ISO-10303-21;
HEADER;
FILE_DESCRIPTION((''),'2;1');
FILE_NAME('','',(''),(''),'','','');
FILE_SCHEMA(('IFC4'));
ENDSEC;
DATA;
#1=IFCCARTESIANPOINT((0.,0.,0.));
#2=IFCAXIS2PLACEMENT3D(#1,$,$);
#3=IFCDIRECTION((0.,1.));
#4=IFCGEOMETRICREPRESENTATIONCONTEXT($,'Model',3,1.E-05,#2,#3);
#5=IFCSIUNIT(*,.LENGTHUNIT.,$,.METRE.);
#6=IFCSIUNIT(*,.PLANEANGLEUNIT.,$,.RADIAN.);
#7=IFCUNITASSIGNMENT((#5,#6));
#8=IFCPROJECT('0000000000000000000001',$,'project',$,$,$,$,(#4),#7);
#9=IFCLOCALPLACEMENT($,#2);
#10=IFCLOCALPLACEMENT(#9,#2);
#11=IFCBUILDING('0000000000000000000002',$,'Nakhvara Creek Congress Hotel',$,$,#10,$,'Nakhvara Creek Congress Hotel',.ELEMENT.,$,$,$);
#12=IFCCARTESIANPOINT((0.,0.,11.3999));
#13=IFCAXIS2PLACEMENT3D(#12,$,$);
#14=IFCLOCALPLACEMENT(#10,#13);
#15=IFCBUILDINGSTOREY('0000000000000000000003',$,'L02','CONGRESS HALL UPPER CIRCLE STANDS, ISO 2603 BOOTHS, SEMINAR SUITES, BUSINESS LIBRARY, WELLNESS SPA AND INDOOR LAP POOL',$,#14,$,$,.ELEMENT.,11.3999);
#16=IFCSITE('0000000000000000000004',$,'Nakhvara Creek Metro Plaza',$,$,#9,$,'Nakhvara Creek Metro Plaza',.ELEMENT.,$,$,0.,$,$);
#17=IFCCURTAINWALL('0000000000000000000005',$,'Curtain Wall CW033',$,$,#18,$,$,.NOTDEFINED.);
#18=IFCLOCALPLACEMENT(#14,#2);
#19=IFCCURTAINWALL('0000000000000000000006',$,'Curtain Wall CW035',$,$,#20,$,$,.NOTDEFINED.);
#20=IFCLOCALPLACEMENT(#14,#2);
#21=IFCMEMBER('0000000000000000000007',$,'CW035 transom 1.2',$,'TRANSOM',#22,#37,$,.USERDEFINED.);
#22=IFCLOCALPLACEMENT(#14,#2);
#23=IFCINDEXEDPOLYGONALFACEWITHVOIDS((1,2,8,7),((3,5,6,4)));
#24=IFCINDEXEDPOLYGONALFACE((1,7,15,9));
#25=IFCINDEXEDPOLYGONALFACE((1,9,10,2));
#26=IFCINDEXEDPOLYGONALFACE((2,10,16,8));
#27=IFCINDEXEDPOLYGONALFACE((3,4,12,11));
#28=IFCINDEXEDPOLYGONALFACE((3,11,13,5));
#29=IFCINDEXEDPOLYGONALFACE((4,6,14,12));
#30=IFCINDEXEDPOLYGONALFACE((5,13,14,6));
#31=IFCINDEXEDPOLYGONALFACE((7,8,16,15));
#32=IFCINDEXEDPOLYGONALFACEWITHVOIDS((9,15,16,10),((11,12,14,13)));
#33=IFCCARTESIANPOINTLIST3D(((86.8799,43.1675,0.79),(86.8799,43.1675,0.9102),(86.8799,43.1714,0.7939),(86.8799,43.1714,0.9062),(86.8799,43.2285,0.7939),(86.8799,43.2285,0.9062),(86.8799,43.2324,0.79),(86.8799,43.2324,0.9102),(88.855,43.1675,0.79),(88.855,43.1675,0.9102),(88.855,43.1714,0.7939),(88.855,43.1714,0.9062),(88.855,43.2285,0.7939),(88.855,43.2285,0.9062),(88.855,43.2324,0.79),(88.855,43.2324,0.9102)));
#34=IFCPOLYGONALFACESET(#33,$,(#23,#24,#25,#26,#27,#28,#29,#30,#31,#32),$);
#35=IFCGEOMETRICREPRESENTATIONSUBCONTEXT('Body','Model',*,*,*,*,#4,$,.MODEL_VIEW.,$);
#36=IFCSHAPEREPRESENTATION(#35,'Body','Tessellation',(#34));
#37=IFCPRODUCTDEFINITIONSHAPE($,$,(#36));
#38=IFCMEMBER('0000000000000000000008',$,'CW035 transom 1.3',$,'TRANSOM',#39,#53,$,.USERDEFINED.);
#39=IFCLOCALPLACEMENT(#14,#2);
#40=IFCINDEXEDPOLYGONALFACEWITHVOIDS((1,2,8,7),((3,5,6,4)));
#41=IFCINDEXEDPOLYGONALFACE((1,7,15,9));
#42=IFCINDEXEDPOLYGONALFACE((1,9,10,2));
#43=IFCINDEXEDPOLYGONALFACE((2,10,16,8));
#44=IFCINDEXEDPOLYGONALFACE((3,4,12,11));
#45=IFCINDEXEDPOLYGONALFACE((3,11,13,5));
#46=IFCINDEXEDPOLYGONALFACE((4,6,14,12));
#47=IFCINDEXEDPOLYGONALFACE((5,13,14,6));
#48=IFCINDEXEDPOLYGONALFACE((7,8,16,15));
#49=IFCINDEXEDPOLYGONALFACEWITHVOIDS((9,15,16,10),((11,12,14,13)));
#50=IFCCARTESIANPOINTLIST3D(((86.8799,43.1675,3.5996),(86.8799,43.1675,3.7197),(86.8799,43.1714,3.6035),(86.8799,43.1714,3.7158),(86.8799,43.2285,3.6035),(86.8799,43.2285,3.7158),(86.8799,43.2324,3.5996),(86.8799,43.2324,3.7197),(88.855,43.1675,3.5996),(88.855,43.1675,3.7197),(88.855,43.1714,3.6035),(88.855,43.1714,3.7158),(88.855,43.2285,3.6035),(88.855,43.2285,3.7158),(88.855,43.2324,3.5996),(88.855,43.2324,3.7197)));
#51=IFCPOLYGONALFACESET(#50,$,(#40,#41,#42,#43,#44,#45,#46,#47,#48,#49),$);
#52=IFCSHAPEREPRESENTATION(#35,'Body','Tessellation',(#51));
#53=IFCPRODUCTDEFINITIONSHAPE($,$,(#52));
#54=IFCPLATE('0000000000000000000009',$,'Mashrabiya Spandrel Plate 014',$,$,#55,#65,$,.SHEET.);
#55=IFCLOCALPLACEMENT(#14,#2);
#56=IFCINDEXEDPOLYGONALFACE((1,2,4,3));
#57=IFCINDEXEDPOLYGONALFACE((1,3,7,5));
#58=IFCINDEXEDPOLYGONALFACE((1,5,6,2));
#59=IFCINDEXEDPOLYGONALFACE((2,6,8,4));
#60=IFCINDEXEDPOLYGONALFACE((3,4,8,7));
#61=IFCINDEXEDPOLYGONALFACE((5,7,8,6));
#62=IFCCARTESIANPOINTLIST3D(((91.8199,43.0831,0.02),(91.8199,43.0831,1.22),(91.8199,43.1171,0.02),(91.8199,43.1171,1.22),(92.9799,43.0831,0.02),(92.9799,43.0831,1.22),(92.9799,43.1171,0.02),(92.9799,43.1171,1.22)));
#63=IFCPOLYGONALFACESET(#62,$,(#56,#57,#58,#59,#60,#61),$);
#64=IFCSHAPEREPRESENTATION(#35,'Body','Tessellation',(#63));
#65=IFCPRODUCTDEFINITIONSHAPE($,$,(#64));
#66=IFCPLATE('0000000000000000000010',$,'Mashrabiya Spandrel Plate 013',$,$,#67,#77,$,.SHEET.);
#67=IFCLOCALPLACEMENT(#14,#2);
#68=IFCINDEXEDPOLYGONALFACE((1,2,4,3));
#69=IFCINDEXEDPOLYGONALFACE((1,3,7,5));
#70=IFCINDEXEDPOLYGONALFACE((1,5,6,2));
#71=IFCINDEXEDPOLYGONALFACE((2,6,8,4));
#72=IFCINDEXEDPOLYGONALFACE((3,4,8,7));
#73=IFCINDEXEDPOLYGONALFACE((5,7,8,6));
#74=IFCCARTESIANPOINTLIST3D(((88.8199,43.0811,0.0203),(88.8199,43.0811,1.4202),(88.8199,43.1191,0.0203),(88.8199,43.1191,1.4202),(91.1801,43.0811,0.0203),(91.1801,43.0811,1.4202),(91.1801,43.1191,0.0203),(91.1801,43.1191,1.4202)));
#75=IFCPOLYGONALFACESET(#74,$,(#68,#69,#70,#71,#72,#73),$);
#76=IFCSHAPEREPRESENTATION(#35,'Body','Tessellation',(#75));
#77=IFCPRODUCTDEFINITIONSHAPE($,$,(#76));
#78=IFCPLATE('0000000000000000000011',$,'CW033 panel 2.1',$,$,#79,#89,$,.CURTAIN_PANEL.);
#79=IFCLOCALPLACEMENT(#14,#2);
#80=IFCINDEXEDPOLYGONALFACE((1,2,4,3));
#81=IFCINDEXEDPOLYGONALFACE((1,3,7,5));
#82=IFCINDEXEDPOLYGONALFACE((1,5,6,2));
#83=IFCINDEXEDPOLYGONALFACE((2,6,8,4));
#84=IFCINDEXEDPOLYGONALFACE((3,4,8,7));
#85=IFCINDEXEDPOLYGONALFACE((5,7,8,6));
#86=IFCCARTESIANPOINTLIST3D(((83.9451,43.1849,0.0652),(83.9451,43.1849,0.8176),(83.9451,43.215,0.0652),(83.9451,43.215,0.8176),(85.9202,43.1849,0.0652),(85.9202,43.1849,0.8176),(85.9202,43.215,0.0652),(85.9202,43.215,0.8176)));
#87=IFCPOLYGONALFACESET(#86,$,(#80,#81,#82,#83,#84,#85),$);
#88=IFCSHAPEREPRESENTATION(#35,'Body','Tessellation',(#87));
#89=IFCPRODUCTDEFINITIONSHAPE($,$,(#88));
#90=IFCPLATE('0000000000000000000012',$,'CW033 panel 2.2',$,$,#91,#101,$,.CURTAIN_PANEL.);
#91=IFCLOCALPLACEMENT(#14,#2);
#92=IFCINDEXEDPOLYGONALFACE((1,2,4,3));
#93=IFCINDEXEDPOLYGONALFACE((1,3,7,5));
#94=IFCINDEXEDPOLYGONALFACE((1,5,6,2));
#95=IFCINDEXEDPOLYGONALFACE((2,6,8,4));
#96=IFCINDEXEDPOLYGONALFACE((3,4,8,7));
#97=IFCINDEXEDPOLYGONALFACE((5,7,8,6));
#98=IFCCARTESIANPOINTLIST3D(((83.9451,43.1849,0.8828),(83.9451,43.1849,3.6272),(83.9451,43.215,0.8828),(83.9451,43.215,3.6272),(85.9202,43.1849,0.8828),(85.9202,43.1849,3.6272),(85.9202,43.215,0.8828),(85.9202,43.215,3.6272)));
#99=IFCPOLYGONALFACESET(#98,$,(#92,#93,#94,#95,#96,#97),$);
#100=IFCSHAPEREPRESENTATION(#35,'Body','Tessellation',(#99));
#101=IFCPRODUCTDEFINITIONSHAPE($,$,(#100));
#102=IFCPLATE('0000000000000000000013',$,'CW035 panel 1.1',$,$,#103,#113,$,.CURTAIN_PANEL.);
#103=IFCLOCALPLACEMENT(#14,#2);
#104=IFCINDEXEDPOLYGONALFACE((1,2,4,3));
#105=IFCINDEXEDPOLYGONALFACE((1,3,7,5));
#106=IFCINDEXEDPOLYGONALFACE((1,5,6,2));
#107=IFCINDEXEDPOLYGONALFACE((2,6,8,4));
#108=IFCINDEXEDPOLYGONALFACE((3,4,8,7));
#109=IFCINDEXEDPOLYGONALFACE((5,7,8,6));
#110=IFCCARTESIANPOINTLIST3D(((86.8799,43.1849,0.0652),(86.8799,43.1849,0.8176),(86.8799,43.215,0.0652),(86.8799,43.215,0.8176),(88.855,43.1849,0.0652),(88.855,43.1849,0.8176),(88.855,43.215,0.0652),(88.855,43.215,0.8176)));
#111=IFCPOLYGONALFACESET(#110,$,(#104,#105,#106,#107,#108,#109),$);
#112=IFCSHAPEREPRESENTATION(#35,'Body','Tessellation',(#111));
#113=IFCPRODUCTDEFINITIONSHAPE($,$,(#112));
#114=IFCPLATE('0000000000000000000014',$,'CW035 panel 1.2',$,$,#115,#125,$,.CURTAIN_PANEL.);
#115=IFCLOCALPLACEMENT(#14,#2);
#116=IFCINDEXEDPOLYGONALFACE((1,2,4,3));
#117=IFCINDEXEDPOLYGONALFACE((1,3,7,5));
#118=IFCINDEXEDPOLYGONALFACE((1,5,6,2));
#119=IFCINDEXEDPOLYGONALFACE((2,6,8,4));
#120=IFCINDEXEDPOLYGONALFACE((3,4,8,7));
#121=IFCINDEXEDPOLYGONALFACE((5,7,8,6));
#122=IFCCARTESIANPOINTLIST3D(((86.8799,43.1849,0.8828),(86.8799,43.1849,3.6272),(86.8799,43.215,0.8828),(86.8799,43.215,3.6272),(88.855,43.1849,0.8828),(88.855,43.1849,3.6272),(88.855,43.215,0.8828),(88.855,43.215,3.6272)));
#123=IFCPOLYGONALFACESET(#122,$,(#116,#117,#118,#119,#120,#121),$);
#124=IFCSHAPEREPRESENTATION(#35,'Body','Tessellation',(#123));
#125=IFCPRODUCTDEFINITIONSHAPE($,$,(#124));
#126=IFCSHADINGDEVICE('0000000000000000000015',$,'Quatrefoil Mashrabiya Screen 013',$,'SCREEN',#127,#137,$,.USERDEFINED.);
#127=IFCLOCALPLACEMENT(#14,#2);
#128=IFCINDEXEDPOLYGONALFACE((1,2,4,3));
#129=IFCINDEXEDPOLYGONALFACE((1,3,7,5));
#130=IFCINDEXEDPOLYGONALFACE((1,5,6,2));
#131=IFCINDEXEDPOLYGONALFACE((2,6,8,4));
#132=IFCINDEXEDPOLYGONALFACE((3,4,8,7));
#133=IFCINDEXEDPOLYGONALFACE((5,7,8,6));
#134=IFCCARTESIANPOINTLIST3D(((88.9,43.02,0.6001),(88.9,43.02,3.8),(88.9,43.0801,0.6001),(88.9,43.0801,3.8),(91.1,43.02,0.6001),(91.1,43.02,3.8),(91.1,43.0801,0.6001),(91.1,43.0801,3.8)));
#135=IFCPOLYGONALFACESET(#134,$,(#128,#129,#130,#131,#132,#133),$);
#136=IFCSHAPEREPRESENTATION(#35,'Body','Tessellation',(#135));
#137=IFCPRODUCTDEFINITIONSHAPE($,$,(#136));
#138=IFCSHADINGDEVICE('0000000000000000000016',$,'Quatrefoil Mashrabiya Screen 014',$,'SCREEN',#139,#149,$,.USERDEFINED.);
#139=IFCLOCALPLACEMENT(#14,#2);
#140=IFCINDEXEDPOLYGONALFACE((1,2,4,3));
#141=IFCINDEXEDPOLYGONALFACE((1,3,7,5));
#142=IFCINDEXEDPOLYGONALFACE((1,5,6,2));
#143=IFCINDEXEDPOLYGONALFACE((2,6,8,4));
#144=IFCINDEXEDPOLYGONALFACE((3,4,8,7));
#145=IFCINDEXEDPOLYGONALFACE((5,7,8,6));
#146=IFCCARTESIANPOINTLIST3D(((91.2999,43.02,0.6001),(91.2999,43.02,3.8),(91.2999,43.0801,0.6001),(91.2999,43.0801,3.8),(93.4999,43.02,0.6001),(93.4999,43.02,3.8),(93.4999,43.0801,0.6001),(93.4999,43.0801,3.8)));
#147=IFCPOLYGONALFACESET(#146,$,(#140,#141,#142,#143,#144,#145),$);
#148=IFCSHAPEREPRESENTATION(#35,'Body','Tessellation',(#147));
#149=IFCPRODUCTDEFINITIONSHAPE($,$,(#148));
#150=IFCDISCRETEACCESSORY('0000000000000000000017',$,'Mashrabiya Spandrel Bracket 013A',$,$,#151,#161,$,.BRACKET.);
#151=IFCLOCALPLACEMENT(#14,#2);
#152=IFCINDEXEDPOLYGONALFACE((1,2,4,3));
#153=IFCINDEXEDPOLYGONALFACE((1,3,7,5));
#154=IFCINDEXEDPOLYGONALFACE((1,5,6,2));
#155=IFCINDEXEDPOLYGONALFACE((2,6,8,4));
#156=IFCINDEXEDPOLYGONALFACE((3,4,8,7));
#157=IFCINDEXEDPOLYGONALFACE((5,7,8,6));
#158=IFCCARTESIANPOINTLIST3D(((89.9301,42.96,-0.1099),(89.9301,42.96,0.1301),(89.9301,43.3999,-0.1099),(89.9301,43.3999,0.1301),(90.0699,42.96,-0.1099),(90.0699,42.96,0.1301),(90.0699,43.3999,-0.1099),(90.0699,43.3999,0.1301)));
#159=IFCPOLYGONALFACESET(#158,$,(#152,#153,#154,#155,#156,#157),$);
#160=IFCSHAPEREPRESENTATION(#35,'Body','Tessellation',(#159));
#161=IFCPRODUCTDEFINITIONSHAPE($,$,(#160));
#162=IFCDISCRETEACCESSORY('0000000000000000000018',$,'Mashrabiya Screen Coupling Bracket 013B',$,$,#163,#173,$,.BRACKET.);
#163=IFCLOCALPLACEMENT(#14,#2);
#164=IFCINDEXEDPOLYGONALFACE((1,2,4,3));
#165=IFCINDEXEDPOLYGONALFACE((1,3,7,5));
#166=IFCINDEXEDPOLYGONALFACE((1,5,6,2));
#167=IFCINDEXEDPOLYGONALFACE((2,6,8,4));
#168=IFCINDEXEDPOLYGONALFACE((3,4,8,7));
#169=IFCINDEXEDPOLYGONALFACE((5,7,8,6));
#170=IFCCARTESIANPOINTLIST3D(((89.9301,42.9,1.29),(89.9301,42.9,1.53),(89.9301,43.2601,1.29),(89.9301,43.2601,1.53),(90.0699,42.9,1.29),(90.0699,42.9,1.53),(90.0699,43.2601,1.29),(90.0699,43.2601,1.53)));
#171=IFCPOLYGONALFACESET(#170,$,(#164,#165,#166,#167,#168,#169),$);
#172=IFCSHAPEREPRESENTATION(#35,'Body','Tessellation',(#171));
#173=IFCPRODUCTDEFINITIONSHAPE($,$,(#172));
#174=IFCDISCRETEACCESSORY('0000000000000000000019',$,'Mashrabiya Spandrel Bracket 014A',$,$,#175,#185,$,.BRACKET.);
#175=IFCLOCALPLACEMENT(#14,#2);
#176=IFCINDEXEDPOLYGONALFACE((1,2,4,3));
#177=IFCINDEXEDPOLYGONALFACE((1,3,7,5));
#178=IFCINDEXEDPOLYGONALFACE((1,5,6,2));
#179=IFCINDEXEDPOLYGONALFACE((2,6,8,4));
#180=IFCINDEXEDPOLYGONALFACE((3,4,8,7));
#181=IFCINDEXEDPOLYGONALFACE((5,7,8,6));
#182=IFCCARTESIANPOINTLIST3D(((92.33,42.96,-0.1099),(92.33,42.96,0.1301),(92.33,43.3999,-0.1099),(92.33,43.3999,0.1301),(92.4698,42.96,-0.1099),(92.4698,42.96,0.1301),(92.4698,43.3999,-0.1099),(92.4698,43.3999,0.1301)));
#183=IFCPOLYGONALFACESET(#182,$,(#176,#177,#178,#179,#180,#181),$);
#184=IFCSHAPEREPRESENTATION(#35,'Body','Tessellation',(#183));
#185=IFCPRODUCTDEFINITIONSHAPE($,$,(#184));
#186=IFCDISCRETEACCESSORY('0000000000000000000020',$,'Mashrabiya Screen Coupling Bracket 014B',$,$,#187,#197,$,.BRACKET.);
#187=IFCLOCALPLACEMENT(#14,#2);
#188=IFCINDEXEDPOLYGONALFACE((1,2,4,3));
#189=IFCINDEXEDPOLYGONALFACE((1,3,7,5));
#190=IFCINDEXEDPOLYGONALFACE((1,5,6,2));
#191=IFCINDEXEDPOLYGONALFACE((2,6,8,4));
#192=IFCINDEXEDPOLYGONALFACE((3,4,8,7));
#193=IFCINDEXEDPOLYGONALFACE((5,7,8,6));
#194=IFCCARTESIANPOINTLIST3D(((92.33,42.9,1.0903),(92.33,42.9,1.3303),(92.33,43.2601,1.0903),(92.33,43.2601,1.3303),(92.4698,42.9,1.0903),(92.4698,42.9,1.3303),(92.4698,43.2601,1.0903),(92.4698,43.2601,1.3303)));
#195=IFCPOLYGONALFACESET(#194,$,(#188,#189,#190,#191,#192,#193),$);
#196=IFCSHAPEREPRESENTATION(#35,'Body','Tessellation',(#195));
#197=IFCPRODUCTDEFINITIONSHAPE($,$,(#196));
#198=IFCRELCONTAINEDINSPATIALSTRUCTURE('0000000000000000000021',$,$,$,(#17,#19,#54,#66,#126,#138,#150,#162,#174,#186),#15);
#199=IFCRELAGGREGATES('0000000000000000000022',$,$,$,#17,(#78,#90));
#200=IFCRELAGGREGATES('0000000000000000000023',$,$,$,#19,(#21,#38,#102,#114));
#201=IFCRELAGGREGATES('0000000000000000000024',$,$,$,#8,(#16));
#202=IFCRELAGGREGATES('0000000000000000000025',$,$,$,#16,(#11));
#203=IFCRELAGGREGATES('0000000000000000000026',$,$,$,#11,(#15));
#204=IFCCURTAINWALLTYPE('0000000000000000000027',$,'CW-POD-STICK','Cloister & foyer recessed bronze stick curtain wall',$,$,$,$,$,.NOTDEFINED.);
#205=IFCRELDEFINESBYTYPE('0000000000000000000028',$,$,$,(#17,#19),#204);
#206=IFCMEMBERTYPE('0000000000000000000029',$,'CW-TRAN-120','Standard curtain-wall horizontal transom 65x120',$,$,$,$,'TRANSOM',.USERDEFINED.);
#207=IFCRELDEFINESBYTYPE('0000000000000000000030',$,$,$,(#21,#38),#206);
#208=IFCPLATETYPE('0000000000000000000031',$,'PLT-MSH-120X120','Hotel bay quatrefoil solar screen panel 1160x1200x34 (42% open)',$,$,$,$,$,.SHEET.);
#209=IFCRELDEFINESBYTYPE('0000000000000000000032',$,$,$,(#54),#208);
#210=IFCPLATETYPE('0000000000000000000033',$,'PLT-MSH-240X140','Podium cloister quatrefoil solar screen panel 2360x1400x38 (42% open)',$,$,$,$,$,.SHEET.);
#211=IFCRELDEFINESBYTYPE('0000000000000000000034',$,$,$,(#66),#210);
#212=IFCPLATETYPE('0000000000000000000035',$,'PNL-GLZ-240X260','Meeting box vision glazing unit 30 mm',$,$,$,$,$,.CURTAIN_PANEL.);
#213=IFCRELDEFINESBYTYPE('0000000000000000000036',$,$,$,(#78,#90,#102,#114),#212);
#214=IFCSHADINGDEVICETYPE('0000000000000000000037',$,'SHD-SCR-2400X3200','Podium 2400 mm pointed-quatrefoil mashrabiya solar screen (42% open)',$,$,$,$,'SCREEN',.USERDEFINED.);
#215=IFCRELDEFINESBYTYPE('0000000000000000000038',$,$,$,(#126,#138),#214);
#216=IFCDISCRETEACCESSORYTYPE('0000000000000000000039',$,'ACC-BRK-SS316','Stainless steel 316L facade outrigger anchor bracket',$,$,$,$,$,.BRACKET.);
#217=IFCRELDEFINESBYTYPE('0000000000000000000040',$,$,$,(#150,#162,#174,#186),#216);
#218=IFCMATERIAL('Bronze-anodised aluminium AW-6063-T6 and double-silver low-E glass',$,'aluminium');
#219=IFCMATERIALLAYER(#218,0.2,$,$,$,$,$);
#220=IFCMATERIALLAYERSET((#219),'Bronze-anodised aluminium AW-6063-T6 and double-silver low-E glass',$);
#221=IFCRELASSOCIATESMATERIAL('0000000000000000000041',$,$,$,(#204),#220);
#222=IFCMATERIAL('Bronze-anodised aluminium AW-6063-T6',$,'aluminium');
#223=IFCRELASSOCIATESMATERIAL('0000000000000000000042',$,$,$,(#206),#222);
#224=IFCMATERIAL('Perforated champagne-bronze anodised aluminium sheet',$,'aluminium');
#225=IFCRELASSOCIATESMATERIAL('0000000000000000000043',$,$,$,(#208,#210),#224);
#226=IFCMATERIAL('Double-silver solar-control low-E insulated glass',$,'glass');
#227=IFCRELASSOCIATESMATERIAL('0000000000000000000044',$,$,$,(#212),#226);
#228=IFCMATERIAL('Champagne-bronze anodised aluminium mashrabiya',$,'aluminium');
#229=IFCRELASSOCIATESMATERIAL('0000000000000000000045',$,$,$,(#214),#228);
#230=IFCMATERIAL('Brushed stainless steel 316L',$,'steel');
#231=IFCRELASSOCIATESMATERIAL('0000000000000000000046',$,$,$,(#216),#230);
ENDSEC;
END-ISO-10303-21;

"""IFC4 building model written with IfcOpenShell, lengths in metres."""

from ifc_helpers import new_model, si_unit, direction, frame, origin, origin_2d, place, context, subcontext, project, spatial, rectangle, hollow_rectangle, extrude, material, layer, layer_set, material_profile, profile_set, type_object, element, aggregate, save


model = new_model("IFC4")

# Units and contexts
model_context = context("Model", 3, precision=1e-05, world=origin(), true_north=direction((0.0, 1.0)))
body_context = subcontext(model_context, "Body", "Model", "MODEL_VIEW")
ifc_project = project(units=[si_unit("LENGTHUNIT", "METRE"), si_unit("PLANEANGLEUNIT", "RADIAN")], contexts=[model_context])

# Site, building, storey
site_placement = place(None, origin())
site = spatial("IfcSite", under=ifc_project, at=site_placement, Name="Nakhvara Creek Metro Plaza", LongName="Nakhvara Creek Metro Plaza", CompositionType="ELEMENT", RefElevation=0.0)
building_placement = place(site_placement, origin())
building = spatial("IfcBuilding", under=site, at=building_placement, Name="Nakhvara Creek Congress Hotel", LongName="Nakhvara Creek Congress Hotel", CompositionType="ELEMENT")
storey_placement = place(building_placement, frame((0.0, 0.0, 11.3999)))
storey = spatial("IfcBuildingStorey", under=building, at=storey_placement, Name="L02", Description="CONGRESS HALL UPPER CIRCLE STANDS, ISO 2603 BOOTHS, SEMINAR SUITES, BUSINESS LIBRARY, WELLNESS SPA AND INDOOR LAP POOL", CompositionType="ELEMENT", Elevation=11.3999)

# Curtain walls
ifc_material_1 = material(Name="Bronze-anodised aluminium AW-6063-T6 and double-silver low-E glass", Category="aluminium")
ifc_layer = layer(ifc_material_1, 0.2)
ifc_layer_set = layer_set([ifc_layer], Name="Bronze-anodised aluminium AW-6063-T6 and double-silver low-E glass")
curtain_wall_type = type_object("IfcCurtainWallType", Name="CW-POD-STICK", Description="Cloister & foyer recessed bronze stick curtain wall", PredefinedType="NOTDEFINED", material=ifc_layer_set)
curtain_wall_1_placement = place(storey_placement, origin())
curtain_wall_1 = element("IfcCurtainWall", 1, at=curtain_wall_1_placement, inside=storey, type_object=curtain_wall_type, Name="Curtain Wall CW033", PredefinedType="NOTDEFINED")
ifc_material_2 = material(Name="Bronze-anodised aluminium AW-6063-T6", Category="aluminium")
curtain_wall_2_placement = place(storey_placement, origin())
curtain_wall_2 = element("IfcCurtainWall", 2, at=curtain_wall_2_placement, inside=storey, type_object=curtain_wall_type, Name="Curtain Wall CW035", PredefinedType="NOTDEFINED")

# Members
ifc_material_profile_1 = material_profile(ifc_material_2, hollow_rectangle(XDim=0.0649, YDim=0.1201, WallThickness=0.0039, at=origin_2d()), Name="ALU-TRAN 65x120x4", Category="LoadBearing")
ifc_profile_set_1 = profile_set([ifc_material_profile_1], Name="Bronze-anodised aluminium AW-6063-T6")
member_type_1 = type_object("IfcMemberType", Name="CW-TRAN-120", Description="Standard curtain-wall horizontal transom 65x120", ElementType="TRANSOM", PredefinedType="USERDEFINED", material=ifc_profile_set_1)
member_1_placement = place(storey_placement, frame((86.8799, 43.2, 0.8501), z_axis=(1.0, 0.0, 0.0), x_axis=(0.0, 1.0, 0.0)))
member_1 = element("IfcMember", 3, at=member_1_placement, type_object=member_type_1, Name="CW035 transom 1.2", ObjectType="TRANSOM", PredefinedType="USERDEFINED", context=body_context, shape_type="SweptSolid", body=[
    extrude(hollow_rectangle(XDim=0.0649, YDim=0.1201, WallThickness=0.0039, at=origin_2d()), origin(), (0.0, 0.0, 1.0), 1.9751),
])
member_2_placement = place(storey_placement, frame((86.8799, 43.2, 3.6597), z_axis=(1.0, 0.0, 0.0), x_axis=(0.0, 1.0, 0.0)))
member_2 = element("IfcMember", 4, at=member_2_placement, type_object=member_type_1, Name="CW035 transom 1.3", ObjectType="TRANSOM", PredefinedType="USERDEFINED", context=body_context, shape_type="SweptSolid", body=[
    extrude(hollow_rectangle(XDim=0.0649, YDim=0.1201, WallThickness=0.0039, at=origin_2d()), origin(), (0.0, 0.0, 1.0), 1.9751),
])

# Plates
ifc_material_3 = material(Name="Perforated champagne-bronze anodised aluminium sheet", Category="aluminium")
plate_type_1 = type_object("IfcPlateType", Name="PLT-MSH-120X120", Description="Hotel bay quatrefoil solar screen panel 1160x1200x34 (42% open)", PredefinedType="SHEET", material=ifc_material_3)
plate_1_placement = place(storey_placement, frame((92.3999, 43.1001, 0.02), z_axis=(0.0, 0.0, 1.0), x_axis=(1.0, 0.0, 0.0)))
element("IfcPlate", 5, at=plate_1_placement, inside=storey, type_object=plate_type_1, Name="Mashrabiya Spandrel Plate 014", PredefinedType="SHEET", context=body_context, shape_type="SweptSolid", body=[
    extrude(rectangle(XDim=1.1599, YDim=0.0339, at=origin_2d()), origin(), (0.0, 0.0, 1.0), 1.2),
])
plate_type_2 = type_object("IfcPlateType", Name="PLT-MSH-240X140", Description="Podium cloister quatrefoil solar screen panel 2360x1400x38 (42% open)", PredefinedType="SHEET", material=ifc_material_3)
plate_2_placement = place(storey_placement, frame((90.0, 43.1001, 0.0203), z_axis=(0.0, 0.0, 1.0), x_axis=(1.0, 0.0, 0.0)))
element("IfcPlate", 6, at=plate_2_placement, inside=storey, type_object=plate_type_2, Name="Mashrabiya Spandrel Plate 013", PredefinedType="SHEET", context=body_context, shape_type="SweptSolid", body=[
    extrude(rectangle(XDim=2.3601, YDim=0.0381, at=origin_2d()), origin(), (0.0, 0.0, 1.0), 1.3999),
])

# Plates
ifc_material_4 = material(Name="Double-silver solar-control low-E insulated glass", Category="glass")
plate_type_3 = type_object("IfcPlateType", Name="PNL-GLZ-240X260", Description="Meeting box vision glazing unit 30 mm", PredefinedType="CURTAIN_PANEL", material=ifc_material_4)
plate_3_placement = place(storey_placement, frame((84.9326, 43.2, 0.0652), z_axis=(0.0, 0.0, 1.0), x_axis=(1.0, 0.0, 0.0)))
plate_3 = element("IfcPlate", 7, at=plate_3_placement, type_object=plate_type_3, Name="CW033 panel 2.1", PredefinedType="CURTAIN_PANEL", context=body_context, shape_type="SweptSolid", body=[
    extrude(rectangle(XDim=1.9751, YDim=0.03, at=origin_2d()), origin(), (0.0, 0.0, 1.0), 0.7524),
])
plate_4_placement = place(storey_placement, frame((84.9326, 43.2, 0.8828), z_axis=(0.0, 0.0, 1.0), x_axis=(1.0, 0.0, 0.0)))
plate_4 = element("IfcPlate", 8, at=plate_4_placement, type_object=plate_type_3, Name="CW033 panel 2.2", PredefinedType="CURTAIN_PANEL", context=body_context, shape_type="SweptSolid", body=[
    extrude(rectangle(XDim=1.9751, YDim=0.03, at=origin_2d()), origin(), (0.0, 0.0, 1.0), 2.7444),
])
aggregate(curtain_wall_1, [plate_3, plate_4])
plate_5_placement = place(storey_placement, frame((87.8674, 43.2, 0.0652), z_axis=(0.0, 0.0, 1.0), x_axis=(1.0, 0.0, 0.0)))
plate_5 = element("IfcPlate", 9, at=plate_5_placement, type_object=plate_type_3, Name="CW035 panel 1.1", PredefinedType="CURTAIN_PANEL", context=body_context, shape_type="SweptSolid", body=[
    extrude(rectangle(XDim=1.9751, YDim=0.03, at=origin_2d()), origin(), (0.0, 0.0, 1.0), 0.7524),
])
plate_6_placement = place(storey_placement, frame((87.8674, 43.2, 0.8828), z_axis=(0.0, 0.0, 1.0), x_axis=(1.0, 0.0, 0.0)))
plate_6 = element("IfcPlate", 10, at=plate_6_placement, type_object=plate_type_3, Name="CW035 panel 1.2", PredefinedType="CURTAIN_PANEL", context=body_context, shape_type="SweptSolid", body=[
    extrude(rectangle(XDim=1.9751, YDim=0.03, at=origin_2d()), origin(), (0.0, 0.0, 1.0), 2.7444),
])
aggregate(curtain_wall_2, [member_1, member_2, plate_5, plate_6])

# Shading devices
ifc_material_5 = material(Name="Champagne-bronze anodised aluminium mashrabiya", Category="aluminium")
shading_device_type = type_object("IfcShadingDeviceType", Name="SHD-SCR-2400X3200", Description="Podium 2400 mm pointed-quatrefoil mashrabiya solar screen (42% open)", ElementType="SCREEN", PredefinedType="USERDEFINED", material=ifc_material_5)
for number, where, z_axis, x_axis, name in (
    (11, (90.0, 43.05, 0.6001), (0.0, 0.0, 1.0), (1.0, 0.0, 0.0), "Quatrefoil Mashrabiya Screen 013"),
    (12, (92.3999, 43.05, 0.6001), (0.0, 0.0, 1.0), (1.0, 0.0, 0.0), "Quatrefoil Mashrabiya Screen 014"),
):
    element("IfcShadingDevice", number, at=place(storey_placement, frame(where, z_axis=z_axis, x_axis=x_axis)), inside=storey, type_object=shading_device_type, Name=name, ObjectType="SCREEN", PredefinedType="USERDEFINED", context=body_context, shape_type="SweptSolid", body=[
        extrude(rectangle(XDim=2.2, YDim=0.0601, at=origin_2d()), origin(), (0.0, 0.0, 1.0), 3.2),
    ])

# Discrete accessories
ifc_material_6 = material(Name="Brushed stainless steel 316L", Category="steel")
discrete_accessory_type = type_object("IfcDiscreteAccessoryType", Name="ACC-BRK-SS316", Description="Stainless steel 316L facade outrigger anchor bracket", PredefinedType="BRACKET", material=ifc_material_6)
discrete_accessory_1_placement = place(storey_placement, frame((90.0, 43.1799, -0.1099), z_axis=(0.0, 0.0, 1.0), x_axis=(1.0, 0.0, 0.0)))
element("IfcDiscreteAccessory", 13, at=discrete_accessory_1_placement, inside=storey, type_object=discrete_accessory_type, Name="Mashrabiya Spandrel Bracket 013A", PredefinedType="BRACKET", context=body_context, shape_type="SweptSolid", body=[
    extrude(rectangle(XDim=0.1399, YDim=0.4399, at=origin_2d()), origin(), (0.0, 0.0, 1.0), 0.24),
])
discrete_accessory_2_placement = place(storey_placement, frame((90.0, 43.0801, 1.29), z_axis=(0.0, 0.0, 1.0), x_axis=(1.0, 0.0, 0.0)))
element("IfcDiscreteAccessory", 14, at=discrete_accessory_2_placement, inside=storey, type_object=discrete_accessory_type, Name="Mashrabiya Screen Coupling Bracket 013B", PredefinedType="BRACKET", context=body_context, shape_type="SweptSolid", body=[
    extrude(rectangle(XDim=0.1399, YDim=0.3601, at=origin_2d()), origin(), (0.0, 0.0, 1.0), 0.24),
])
discrete_accessory_3_placement = place(storey_placement, frame((92.3999, 43.1799, -0.1099), z_axis=(0.0, 0.0, 1.0), x_axis=(1.0, 0.0, 0.0)))
element("IfcDiscreteAccessory", 15, at=discrete_accessory_3_placement, inside=storey, type_object=discrete_accessory_type, Name="Mashrabiya Spandrel Bracket 014A", PredefinedType="BRACKET", context=body_context, shape_type="SweptSolid", body=[
    extrude(rectangle(XDim=0.1399, YDim=0.4399, at=origin_2d()), origin(), (0.0, 0.0, 1.0), 0.24),
])
discrete_accessory_4_placement = place(storey_placement, frame((92.3999, 43.0801, 1.0903), z_axis=(0.0, 0.0, 1.0), x_axis=(1.0, 0.0, 0.0)))
element("IfcDiscreteAccessory", 16, at=discrete_accessory_4_placement, inside=storey, type_object=discrete_accessory_type, Name="Mashrabiya Screen Coupling Bracket 014B", PredefinedType="BRACKET", context=body_context, shape_type="SweptSolid", body=[
    extrude(rectangle(XDim=0.1399, YDim=0.3601, at=origin_2d()), origin(), (0.0, 0.0, 1.0), 0.24),
])

save(model, "model.ifc")
